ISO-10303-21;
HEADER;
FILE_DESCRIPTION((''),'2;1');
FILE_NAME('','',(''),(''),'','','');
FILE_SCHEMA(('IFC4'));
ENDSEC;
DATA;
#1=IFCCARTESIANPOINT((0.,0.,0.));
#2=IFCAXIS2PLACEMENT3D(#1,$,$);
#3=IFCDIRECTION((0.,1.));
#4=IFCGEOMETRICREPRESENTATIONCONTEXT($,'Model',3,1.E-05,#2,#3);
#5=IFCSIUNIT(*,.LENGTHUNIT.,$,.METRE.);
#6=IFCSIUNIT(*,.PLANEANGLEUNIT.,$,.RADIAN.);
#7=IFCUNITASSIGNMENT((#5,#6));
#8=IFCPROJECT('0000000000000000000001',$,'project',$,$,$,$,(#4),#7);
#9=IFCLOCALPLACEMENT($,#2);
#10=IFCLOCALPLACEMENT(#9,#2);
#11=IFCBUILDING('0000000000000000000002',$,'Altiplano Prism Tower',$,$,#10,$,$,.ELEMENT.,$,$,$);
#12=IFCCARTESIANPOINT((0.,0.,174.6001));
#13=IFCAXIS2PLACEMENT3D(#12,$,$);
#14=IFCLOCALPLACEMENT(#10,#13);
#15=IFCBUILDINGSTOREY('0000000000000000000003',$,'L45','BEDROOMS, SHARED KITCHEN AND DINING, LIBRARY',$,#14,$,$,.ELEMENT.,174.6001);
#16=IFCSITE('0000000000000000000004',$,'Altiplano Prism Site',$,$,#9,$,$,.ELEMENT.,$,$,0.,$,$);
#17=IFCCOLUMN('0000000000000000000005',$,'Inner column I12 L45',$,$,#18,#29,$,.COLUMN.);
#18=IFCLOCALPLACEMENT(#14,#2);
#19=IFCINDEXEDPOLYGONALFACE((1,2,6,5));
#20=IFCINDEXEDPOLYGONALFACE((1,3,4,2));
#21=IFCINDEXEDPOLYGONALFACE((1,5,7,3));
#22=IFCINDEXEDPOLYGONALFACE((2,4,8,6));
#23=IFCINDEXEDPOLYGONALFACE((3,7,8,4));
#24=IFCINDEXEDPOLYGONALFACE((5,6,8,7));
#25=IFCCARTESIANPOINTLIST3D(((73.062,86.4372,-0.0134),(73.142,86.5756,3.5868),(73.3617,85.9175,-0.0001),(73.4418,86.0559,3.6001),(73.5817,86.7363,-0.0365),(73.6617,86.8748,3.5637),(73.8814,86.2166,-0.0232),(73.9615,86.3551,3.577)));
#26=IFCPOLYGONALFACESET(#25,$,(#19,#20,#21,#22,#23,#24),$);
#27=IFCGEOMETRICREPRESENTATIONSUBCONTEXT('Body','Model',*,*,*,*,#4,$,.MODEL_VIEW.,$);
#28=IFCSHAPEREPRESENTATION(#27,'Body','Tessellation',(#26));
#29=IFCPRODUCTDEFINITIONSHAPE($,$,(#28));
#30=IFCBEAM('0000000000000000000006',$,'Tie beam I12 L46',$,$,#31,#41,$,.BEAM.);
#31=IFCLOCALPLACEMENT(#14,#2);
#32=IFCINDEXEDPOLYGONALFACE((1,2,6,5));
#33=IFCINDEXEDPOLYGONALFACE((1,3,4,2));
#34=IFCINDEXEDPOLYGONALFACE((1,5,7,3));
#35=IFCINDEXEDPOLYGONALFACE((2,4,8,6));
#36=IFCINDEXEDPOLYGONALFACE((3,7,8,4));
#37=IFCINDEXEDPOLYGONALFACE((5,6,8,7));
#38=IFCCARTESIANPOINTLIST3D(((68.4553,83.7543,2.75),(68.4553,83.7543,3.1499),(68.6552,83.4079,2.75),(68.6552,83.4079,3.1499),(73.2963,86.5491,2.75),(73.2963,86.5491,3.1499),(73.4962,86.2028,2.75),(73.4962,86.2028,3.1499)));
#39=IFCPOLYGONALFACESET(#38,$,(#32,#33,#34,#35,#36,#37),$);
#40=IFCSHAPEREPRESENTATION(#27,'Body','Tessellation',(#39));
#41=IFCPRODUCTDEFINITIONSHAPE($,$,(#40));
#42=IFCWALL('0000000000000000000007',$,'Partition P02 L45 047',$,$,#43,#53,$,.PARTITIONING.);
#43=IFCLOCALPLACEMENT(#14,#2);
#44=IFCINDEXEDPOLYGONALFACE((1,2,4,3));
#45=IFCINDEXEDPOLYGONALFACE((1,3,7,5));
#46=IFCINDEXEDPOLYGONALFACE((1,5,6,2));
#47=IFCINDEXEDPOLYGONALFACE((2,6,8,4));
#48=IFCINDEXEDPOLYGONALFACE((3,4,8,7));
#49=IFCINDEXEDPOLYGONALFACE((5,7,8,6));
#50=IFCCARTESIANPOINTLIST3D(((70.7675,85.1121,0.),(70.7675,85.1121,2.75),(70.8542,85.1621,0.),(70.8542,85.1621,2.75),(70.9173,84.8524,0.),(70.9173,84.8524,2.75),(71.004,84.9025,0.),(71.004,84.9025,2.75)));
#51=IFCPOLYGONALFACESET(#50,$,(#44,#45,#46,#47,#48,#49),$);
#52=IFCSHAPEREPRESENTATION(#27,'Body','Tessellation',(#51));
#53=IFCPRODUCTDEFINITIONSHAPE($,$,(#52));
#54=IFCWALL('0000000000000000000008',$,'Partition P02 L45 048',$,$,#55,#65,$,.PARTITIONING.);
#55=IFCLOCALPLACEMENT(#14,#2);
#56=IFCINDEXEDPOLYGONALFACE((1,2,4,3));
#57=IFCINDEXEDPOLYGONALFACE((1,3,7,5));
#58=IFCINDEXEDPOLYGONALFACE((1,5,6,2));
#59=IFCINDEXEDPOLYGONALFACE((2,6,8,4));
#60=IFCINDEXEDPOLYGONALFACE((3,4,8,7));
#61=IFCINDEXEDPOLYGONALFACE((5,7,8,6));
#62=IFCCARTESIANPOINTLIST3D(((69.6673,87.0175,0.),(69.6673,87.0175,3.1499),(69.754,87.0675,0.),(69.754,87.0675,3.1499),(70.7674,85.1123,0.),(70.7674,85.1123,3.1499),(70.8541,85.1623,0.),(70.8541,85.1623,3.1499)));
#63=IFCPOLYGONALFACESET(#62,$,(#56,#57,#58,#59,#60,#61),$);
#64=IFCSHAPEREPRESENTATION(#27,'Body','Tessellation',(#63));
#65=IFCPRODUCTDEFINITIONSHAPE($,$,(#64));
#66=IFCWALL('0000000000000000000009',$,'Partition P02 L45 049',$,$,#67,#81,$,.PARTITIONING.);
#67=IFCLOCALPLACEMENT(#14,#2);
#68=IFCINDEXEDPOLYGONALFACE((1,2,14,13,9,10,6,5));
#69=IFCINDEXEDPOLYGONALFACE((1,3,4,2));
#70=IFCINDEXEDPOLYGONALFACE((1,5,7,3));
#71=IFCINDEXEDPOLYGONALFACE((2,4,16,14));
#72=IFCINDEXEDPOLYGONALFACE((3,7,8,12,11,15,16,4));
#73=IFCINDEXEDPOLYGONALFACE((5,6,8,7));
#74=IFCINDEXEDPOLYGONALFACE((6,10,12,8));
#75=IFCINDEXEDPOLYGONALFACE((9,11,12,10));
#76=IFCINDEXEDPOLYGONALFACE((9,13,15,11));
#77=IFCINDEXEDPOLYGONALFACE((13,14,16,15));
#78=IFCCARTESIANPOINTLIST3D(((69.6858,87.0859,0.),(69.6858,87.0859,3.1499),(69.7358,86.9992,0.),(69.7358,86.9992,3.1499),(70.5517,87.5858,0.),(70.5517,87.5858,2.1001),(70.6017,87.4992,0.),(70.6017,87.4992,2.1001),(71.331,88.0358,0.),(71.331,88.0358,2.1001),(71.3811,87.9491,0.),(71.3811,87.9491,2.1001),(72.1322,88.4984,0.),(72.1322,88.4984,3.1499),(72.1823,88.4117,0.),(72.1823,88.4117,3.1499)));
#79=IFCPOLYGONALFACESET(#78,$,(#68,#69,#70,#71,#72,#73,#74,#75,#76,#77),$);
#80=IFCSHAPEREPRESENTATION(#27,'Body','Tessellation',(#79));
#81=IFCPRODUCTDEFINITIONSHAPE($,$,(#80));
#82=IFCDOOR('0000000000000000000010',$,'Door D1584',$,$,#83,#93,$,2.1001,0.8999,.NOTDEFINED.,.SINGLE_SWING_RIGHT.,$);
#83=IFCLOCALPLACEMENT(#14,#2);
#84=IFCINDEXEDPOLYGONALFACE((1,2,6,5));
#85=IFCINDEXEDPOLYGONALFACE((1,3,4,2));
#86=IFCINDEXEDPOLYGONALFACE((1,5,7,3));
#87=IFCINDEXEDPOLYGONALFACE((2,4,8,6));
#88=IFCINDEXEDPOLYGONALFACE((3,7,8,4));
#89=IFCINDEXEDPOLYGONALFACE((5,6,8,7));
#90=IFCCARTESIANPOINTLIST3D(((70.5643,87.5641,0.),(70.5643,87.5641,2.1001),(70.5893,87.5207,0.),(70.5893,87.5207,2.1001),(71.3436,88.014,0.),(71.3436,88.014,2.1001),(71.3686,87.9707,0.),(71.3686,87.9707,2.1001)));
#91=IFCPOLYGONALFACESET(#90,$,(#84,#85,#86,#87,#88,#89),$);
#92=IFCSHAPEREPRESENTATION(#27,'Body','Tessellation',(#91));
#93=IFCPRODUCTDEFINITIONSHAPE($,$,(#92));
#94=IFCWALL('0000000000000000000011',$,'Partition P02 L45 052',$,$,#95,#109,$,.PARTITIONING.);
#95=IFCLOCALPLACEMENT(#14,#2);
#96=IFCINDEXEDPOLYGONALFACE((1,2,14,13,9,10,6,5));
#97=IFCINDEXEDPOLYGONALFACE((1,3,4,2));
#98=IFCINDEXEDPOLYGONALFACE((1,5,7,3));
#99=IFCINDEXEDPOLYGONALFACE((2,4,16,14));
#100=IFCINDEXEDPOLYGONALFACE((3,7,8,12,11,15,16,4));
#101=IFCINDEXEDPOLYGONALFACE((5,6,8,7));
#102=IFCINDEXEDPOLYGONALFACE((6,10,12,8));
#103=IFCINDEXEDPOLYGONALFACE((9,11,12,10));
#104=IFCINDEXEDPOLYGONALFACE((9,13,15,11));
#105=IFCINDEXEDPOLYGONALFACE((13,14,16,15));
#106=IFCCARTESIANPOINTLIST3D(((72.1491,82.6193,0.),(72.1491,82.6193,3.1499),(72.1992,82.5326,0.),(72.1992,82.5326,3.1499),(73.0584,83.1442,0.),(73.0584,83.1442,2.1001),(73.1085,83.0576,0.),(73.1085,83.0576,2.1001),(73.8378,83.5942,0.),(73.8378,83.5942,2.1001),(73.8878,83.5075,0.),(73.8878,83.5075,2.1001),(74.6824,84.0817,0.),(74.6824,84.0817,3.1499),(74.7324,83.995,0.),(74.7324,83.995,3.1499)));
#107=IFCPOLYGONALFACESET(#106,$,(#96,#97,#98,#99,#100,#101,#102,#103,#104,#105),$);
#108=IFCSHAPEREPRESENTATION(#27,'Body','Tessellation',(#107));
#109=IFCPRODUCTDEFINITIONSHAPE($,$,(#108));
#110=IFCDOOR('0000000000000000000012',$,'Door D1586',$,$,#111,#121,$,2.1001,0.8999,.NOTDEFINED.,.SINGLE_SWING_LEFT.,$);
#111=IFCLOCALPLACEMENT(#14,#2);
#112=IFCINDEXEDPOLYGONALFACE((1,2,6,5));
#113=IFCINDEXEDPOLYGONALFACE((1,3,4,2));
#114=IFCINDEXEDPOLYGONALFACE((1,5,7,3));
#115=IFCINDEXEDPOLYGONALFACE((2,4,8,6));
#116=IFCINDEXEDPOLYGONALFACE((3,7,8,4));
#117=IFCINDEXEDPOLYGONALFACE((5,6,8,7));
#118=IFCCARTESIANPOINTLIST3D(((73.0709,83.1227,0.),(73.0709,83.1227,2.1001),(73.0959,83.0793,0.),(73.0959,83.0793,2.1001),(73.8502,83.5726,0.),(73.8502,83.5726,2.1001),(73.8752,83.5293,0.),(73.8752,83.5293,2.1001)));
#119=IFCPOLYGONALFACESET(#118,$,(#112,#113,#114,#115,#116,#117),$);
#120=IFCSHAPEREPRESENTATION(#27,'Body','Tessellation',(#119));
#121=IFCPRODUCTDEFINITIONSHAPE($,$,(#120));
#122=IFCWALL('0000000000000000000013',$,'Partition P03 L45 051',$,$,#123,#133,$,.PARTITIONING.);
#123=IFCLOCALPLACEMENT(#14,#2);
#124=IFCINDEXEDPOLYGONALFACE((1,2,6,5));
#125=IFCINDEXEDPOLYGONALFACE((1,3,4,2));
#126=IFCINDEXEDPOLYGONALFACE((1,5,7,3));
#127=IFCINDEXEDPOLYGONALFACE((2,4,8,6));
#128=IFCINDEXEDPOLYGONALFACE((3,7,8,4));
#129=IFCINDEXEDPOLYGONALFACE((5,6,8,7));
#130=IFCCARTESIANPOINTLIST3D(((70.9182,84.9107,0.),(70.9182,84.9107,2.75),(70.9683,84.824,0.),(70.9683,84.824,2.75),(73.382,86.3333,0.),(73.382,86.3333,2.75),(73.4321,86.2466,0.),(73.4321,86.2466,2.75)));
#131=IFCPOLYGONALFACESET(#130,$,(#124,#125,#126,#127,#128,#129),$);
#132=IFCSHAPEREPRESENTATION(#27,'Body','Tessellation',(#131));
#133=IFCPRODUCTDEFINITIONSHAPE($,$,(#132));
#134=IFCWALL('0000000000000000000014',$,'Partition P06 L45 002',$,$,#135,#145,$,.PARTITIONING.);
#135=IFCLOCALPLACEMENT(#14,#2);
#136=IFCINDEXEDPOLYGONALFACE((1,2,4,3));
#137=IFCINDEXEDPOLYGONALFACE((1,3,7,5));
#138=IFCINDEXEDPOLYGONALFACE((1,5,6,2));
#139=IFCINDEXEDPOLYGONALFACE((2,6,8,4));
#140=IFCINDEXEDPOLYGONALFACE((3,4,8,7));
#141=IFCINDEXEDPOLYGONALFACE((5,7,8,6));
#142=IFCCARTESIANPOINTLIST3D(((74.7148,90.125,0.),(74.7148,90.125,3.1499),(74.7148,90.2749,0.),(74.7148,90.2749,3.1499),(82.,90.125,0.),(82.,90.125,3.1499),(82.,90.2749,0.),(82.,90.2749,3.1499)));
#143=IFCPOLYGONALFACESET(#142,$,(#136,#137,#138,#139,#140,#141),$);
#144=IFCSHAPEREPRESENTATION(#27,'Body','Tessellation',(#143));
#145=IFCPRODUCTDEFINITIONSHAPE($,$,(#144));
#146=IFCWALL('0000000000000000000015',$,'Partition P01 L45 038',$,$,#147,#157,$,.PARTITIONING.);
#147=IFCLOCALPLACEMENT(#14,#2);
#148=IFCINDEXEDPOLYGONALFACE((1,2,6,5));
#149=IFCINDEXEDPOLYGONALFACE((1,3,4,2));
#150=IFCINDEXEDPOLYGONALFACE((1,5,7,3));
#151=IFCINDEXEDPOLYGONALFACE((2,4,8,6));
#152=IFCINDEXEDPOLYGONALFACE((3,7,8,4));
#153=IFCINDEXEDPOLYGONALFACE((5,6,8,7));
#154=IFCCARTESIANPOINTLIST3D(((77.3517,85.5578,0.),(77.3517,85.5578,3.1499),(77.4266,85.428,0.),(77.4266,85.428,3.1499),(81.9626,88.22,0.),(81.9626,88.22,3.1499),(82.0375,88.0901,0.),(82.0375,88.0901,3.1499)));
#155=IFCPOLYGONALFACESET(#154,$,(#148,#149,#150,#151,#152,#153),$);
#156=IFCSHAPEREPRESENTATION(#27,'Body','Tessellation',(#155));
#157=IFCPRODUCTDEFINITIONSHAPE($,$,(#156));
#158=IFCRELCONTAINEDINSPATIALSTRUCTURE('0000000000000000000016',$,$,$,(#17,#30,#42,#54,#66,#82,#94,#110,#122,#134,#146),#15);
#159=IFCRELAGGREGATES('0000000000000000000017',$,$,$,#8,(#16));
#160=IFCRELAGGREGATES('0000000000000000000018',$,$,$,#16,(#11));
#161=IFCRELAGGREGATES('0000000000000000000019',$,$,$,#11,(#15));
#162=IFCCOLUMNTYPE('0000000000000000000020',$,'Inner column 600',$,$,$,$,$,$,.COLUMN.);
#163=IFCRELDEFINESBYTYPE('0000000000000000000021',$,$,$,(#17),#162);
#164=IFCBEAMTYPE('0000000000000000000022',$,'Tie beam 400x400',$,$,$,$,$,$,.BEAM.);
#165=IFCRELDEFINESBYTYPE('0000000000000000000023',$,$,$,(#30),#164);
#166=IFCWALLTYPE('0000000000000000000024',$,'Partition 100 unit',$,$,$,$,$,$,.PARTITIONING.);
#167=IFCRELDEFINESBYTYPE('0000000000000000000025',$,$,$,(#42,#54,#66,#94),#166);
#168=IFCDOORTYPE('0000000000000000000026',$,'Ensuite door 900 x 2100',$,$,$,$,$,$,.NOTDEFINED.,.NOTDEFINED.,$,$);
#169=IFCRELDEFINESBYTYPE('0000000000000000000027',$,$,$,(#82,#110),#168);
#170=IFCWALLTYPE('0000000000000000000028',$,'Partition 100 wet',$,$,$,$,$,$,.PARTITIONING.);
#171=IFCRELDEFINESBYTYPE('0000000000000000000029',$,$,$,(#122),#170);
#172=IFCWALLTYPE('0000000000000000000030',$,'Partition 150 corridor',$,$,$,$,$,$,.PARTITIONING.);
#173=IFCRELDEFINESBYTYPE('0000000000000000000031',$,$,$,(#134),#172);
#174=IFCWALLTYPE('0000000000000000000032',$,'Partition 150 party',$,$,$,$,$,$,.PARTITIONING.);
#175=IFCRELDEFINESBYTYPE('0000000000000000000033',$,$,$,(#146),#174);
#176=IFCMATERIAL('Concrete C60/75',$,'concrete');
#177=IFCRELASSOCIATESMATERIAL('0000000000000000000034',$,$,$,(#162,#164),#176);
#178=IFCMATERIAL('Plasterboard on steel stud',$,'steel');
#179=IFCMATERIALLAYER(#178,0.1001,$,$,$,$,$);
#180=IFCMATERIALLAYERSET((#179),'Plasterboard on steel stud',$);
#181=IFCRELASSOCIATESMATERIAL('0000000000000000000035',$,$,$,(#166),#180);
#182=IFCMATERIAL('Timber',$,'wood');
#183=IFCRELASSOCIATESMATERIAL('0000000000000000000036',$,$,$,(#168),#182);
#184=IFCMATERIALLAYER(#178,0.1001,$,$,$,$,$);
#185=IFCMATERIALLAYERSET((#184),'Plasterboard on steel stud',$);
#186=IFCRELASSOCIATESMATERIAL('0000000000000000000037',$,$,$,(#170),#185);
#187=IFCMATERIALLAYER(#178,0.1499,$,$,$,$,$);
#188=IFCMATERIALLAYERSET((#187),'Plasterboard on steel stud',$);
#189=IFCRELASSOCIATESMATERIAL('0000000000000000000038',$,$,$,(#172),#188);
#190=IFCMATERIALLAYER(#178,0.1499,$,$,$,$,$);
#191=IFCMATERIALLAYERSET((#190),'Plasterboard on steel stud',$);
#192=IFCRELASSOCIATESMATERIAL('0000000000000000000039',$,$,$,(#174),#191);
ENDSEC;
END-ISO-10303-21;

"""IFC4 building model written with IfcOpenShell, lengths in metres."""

from ifc_helpers import new_model, si_unit, direction, frame, frame_2d, origin, origin_2d, place, context, subcontext, project, spatial, rectangle, extrude, material, layer, layer_set, material_profile, profile_set, type_object, element, fill, save


model = new_model("IFC4")

# Units and contexts
model_context = context("Model", 3, precision=1e-05, world=origin(), true_north=direction((0.0, 1.0)))
body_context = subcontext(model_context, "Body", "Model", "MODEL_VIEW")
ifc_project = project(units=[si_unit("LENGTHUNIT", "METRE"), si_unit("PLANEANGLEUNIT", "RADIAN")], contexts=[model_context])

# Site, building, storey
site_placement = place(None, origin())
site = spatial("IfcSite", under=ifc_project, at=site_placement, Name="Altiplano Prism Site", CompositionType="ELEMENT", RefElevation=0.0)
building_placement = place(site_placement, origin())
building = spatial("IfcBuilding", under=site, at=building_placement, Name="Altiplano Prism Tower", CompositionType="ELEMENT")
storey_placement = place(building_placement, frame((0.0, 0.0, 174.6001)))
storey = spatial("IfcBuildingStorey", under=building, at=storey_placement, Name="L45", Description="BEDROOMS, SHARED KITCHEN AND DINING, LIBRARY", CompositionType="ELEMENT", Elevation=174.6001)

# Column
ifc_material_1 = material(Name="Concrete C60/75", Category="concrete")
ifc_material_profile_1 = material_profile(ifc_material_1, rectangle(XDim=0.6001, YDim=0.6001, at=origin_2d()), Name="Inner column 600")
ifc_profile_set_1 = profile_set([ifc_material_profile_1], Name="Concrete C60/75")
column_type = type_object("IfcColumnType", Name="Inner column 600", PredefinedType="COLUMN", material=ifc_profile_set_1)
column_placement = place(storey_placement, frame((73.4717, 86.3269, -0.0183), z_axis=(0.022221, 0.038413, 0.999015), x_axis=(-0.866024, -0.498523, 0.038432)))
element("IfcColumn", 1, at=column_placement, inside=storey, type_object=column_type, Name="Inner column I12 L45", PredefinedType="COLUMN", context=body_context, shape_type="SweptSolid", body=[
    extrude(rectangle(XDim=0.6001, YDim=0.6001, at=origin_2d()), origin(), (0.0, 0.0, 1.0), 3.6038),
])

# Beam
ifc_material_profile_2 = material_profile(ifc_material_1, rectangle(XDim=0.3999, YDim=0.3999, at=origin_2d()), Name="Tie beam 400x400")
ifc_profile_set_2 = profile_set([ifc_material_profile_2], Name="Concrete C60/75")
beam_type = type_object("IfcBeamType", Name="Tie beam 400x400", PredefinedType="BEAM", material=ifc_profile_set_2)
beam_placement = place(storey_placement, frame((73.3962, 86.376, 2.95), z_axis=(-0.866031, -0.499991, 0.0), x_axis=(0.499991, -0.866031, 0.0)))
element("IfcBeam", 2, at=beam_placement, inside=storey, type_object=beam_type, Name="Tie beam I12 L46", PredefinedType="BEAM", context=body_context, shape_type="SweptSolid", body=[
    extrude(rectangle(XDim=0.3999, YDim=0.3999, at=origin_2d()), origin(), (0.0, 0.0, 1.0), 5.5898),
])

# Walls
ifc_material_2 = material(Name="Plasterboard on steel stud", Category="steel")
ifc_layer_1 = layer(ifc_material_2, 0.1001)
ifc_layer_set_1 = layer_set([ifc_layer_1], Name="Plasterboard on steel stud")
wall_type_1 = type_object("IfcWallType", Name="Partition 100 unit", PredefinedType="PARTITIONING", material=ifc_layer_set_1)
wall_1_placement = place(storey_placement, frame((70.9607, 84.8774, 0.0), z_axis=(0.0, 0.0, 1.0), x_axis=(-0.499816, 0.866131, 0.0)))
element("IfcWall", 3, at=wall_1_placement, inside=storey, type_object=wall_type_1, Name="Partition P02 L45 047", PredefinedType="PARTITIONING", context=body_context, shape_type="SweptSolid", body=[
    extrude(rectangle(XDim=0.2998, YDim=0.1001, at=frame_2d((0.1499, 0.0))), origin(), (0.0, 0.0, 1.0), 2.75),
])
wall_2_placement = place(storey_placement, frame((70.8108, 85.1372, 0.0), z_axis=(0.0, 0.0, 1.0), x_axis=(-0.50003, 0.866008, 0.0)))
element("IfcWall", 4, at=wall_2_placement, inside=storey, type_object=wall_type_1, Name="Partition P02 L45 048", PredefinedType="PARTITIONING", context=body_context, shape_type="SweptSolid", body=[
    extrude(rectangle(XDim=2.2, YDim=0.1001, at=frame_2d((1.1001, 0.0))), origin(), (0.0, 0.0, 1.0), 3.1499),
])

# Walls, openings, doors
wall_3_placement = place(storey_placement, frame((69.7107, 87.0425, 0.0), z_axis=(0.0, 0.0, 1.0), x_axis=(0.866011, 0.500024, 0.0)))
wall_3 = element("IfcWall", 5, at=wall_3_placement, inside=storey, type_object=wall_type_1, Name="Partition P02 L45 049", PredefinedType="PARTITIONING", context=body_context, shape_type="SweptSolid", body=[
    extrude(rectangle(XDim=2.825, YDim=0.1001, at=frame_2d((1.4126, 0.0))), origin(), (0.0, 0.0, 1.0), 3.1499),
])
opening_1_placement = place(wall_3_placement, frame((1.0, 0.0, 0.0)))
opening_1 = element("IfcOpeningElement", 6, at=opening_1_placement, cuts=wall_3, PredefinedType="OPENING", context=body_context, shape_type="SweptSolid", body=[
    extrude(rectangle(XDim=0.8999, YDim=2.1001, at=frame_2d((0.45, 1.05))), frame((0.0, 0.0605, 0.0), z_axis=(0.0, -1.0, 0.0), x_axis=(1.0, 0.0, 0.0)), (0.0, 0.0, 1.0), 0.1211),
])
ifc_material_3 = material(Name="Timber", Category="wood")
door_type = type_object("IfcDoorType", Name="Ensuite door 900 x 2100", OperationType="NOTDEFINED", PredefinedType="NOTDEFINED", material=ifc_material_3)
door_1_placement = place(opening_1_placement, origin())
door_1 = element("IfcDoor", 7, at=door_1_placement, inside=storey, type_object=door_type, Name="Door D1584", OperationType="SINGLE_SWING_RIGHT", OverallHeight=2.1001, OverallWidth=0.8999, PredefinedType="NOTDEFINED", context=body_context, shape_type="SweptSolid", body=[
    extrude(rectangle(XDim=0.8999, YDim=2.1001, at=frame_2d((0.45, 1.05))), frame((0.0, 0.0249, 0.0), z_axis=(0.0, -1.0, 0.0), x_axis=(1.0, 0.0, 0.0)), (0.0, 0.0, 1.0), 0.05),
])
fill(opening_1, door_1)
wall_4_placement = place(storey_placement, frame((74.7073, 84.0383, 0.0), z_axis=(0.0, 0.0, 1.0), x_axis=(-0.866047, -0.499963, 0.0)))
wall_4 = element("IfcWall", 8, at=wall_4_placement, inside=storey, type_object=wall_type_1, Name="Partition P02 L45 052", PredefinedType="PARTITIONING", context=body_context, shape_type="SweptSolid", body=[
    extrude(rectangle(XDim=2.925, YDim=0.1001, at=frame_2d((1.4624, 0.0))), origin(), (0.0, 0.0, 1.0), 3.1499),
])
opening_2_placement = place(wall_4_placement, frame((0.9751, 0.0, 0.0)))
opening_2 = element("IfcOpeningElement", 9, at=opening_2_placement, cuts=wall_4, PredefinedType="OPENING", context=body_context, shape_type="SweptSolid", body=[
    extrude(rectangle(XDim=0.8999, YDim=2.1001, at=frame_2d((0.45, 1.05))), frame((0.0, 0.0605, 0.0), z_axis=(0.0, -1.0, 0.0), x_axis=(1.0, 0.0, 0.0)), (0.0, 0.0, 1.0), 0.1211),
])
door_2_placement = place(opening_2_placement, origin())
door_2 = element("IfcDoor", 10, at=door_2_placement, inside=storey, type_object=door_type, Name="Door D1586", OperationType="SINGLE_SWING_LEFT", OverallHeight=2.1001, OverallWidth=0.8999, PredefinedType="NOTDEFINED", context=body_context, shape_type="SweptSolid", body=[
    extrude(rectangle(XDim=0.8999, YDim=2.1001, at=frame_2d((0.45, 1.05))), frame((0.0, 0.0249, 0.0), z_axis=(0.0, -1.0, 0.0), x_axis=(1.0, 0.0, 0.0)), (0.0, 0.0, 1.0), 0.05),
])
fill(opening_2, door_2)

# Walls
ifc_layer_2 = layer(ifc_material_2, 0.1001)
ifc_layer_set_2 = layer_set([ifc_layer_2], Name="Plasterboard on steel stud")
wall_type_2 = type_object("IfcWallType", Name="Partition 100 wet", PredefinedType="PARTITIONING", material=ifc_layer_set_2)
wall_5_placement = place(storey_placement, frame((70.9434, 84.8674, 0.0), z_axis=(0.0, 0.0, 1.0), x_axis=(0.866011, 0.500025, 0.0)))
element("IfcWall", 11, at=wall_5_placement, inside=storey, type_object=wall_type_2, Name="Partition P03 L45 051", PredefinedType="PARTITIONING", context=body_context, shape_type="SweptSolid", body=[
    extrude(rectangle(XDim=2.845, YDim=0.1001, at=frame_2d((1.4224, 0.0))), origin(), (0.0, 0.0, 1.0), 2.75),
])
ifc_layer_3 = layer(ifc_material_2, 0.1499)
ifc_layer_set_3 = layer_set([ifc_layer_3], Name="Plasterboard on steel stud")
wall_type_3 = type_object("IfcWallType", Name="Partition 150 corridor", PredefinedType="PARTITIONING", material=ifc_layer_set_3)
wall_6_placement = place(storey_placement, frame((74.7148, 90.2, 0.0), z_axis=(0.0, 0.0, 1.0), x_axis=(1.0, 0.0, 0.0)))
element("IfcWall", 12, at=wall_6_placement, inside=storey, type_object=wall_type_3, Name="Partition P06 L45 002", PredefinedType="PARTITIONING", context=body_context, shape_type="SweptSolid", body=[
    extrude(rectangle(XDim=7.2852, YDim=0.1499, at=frame_2d((3.6426, 0.0))), origin(), (0.0, 0.0, 1.0), 3.1499),
])
ifc_layer_4 = layer(ifc_material_2, 0.1499)
ifc_layer_set_4 = layer_set([ifc_layer_4], Name="Plasterboard on steel stud")
wall_type_4 = type_object("IfcWallType", Name="Partition 150 party", PredefinedType="PARTITIONING", material=ifc_layer_set_4)
wall_7_placement = place(storey_placement, frame((77.3892, 85.4929, 0.0), z_axis=(0.0, 0.0, 1.0), x_axis=(0.866022, 0.500006, 0.0)))
element("IfcWall", 13, at=wall_7_placement, inside=storey, type_object=wall_type_4, Name="Partition P01 L45 038", PredefinedType="PARTITIONING", context=body_context, shape_type="SweptSolid", body=[
    extrude(rectangle(XDim=5.3242, YDim=0.1499, at=frame_2d((2.6621, 0.0))), origin(), (0.0, 0.0, 1.0), 3.1499),
])

save(model, "model.ifc")
